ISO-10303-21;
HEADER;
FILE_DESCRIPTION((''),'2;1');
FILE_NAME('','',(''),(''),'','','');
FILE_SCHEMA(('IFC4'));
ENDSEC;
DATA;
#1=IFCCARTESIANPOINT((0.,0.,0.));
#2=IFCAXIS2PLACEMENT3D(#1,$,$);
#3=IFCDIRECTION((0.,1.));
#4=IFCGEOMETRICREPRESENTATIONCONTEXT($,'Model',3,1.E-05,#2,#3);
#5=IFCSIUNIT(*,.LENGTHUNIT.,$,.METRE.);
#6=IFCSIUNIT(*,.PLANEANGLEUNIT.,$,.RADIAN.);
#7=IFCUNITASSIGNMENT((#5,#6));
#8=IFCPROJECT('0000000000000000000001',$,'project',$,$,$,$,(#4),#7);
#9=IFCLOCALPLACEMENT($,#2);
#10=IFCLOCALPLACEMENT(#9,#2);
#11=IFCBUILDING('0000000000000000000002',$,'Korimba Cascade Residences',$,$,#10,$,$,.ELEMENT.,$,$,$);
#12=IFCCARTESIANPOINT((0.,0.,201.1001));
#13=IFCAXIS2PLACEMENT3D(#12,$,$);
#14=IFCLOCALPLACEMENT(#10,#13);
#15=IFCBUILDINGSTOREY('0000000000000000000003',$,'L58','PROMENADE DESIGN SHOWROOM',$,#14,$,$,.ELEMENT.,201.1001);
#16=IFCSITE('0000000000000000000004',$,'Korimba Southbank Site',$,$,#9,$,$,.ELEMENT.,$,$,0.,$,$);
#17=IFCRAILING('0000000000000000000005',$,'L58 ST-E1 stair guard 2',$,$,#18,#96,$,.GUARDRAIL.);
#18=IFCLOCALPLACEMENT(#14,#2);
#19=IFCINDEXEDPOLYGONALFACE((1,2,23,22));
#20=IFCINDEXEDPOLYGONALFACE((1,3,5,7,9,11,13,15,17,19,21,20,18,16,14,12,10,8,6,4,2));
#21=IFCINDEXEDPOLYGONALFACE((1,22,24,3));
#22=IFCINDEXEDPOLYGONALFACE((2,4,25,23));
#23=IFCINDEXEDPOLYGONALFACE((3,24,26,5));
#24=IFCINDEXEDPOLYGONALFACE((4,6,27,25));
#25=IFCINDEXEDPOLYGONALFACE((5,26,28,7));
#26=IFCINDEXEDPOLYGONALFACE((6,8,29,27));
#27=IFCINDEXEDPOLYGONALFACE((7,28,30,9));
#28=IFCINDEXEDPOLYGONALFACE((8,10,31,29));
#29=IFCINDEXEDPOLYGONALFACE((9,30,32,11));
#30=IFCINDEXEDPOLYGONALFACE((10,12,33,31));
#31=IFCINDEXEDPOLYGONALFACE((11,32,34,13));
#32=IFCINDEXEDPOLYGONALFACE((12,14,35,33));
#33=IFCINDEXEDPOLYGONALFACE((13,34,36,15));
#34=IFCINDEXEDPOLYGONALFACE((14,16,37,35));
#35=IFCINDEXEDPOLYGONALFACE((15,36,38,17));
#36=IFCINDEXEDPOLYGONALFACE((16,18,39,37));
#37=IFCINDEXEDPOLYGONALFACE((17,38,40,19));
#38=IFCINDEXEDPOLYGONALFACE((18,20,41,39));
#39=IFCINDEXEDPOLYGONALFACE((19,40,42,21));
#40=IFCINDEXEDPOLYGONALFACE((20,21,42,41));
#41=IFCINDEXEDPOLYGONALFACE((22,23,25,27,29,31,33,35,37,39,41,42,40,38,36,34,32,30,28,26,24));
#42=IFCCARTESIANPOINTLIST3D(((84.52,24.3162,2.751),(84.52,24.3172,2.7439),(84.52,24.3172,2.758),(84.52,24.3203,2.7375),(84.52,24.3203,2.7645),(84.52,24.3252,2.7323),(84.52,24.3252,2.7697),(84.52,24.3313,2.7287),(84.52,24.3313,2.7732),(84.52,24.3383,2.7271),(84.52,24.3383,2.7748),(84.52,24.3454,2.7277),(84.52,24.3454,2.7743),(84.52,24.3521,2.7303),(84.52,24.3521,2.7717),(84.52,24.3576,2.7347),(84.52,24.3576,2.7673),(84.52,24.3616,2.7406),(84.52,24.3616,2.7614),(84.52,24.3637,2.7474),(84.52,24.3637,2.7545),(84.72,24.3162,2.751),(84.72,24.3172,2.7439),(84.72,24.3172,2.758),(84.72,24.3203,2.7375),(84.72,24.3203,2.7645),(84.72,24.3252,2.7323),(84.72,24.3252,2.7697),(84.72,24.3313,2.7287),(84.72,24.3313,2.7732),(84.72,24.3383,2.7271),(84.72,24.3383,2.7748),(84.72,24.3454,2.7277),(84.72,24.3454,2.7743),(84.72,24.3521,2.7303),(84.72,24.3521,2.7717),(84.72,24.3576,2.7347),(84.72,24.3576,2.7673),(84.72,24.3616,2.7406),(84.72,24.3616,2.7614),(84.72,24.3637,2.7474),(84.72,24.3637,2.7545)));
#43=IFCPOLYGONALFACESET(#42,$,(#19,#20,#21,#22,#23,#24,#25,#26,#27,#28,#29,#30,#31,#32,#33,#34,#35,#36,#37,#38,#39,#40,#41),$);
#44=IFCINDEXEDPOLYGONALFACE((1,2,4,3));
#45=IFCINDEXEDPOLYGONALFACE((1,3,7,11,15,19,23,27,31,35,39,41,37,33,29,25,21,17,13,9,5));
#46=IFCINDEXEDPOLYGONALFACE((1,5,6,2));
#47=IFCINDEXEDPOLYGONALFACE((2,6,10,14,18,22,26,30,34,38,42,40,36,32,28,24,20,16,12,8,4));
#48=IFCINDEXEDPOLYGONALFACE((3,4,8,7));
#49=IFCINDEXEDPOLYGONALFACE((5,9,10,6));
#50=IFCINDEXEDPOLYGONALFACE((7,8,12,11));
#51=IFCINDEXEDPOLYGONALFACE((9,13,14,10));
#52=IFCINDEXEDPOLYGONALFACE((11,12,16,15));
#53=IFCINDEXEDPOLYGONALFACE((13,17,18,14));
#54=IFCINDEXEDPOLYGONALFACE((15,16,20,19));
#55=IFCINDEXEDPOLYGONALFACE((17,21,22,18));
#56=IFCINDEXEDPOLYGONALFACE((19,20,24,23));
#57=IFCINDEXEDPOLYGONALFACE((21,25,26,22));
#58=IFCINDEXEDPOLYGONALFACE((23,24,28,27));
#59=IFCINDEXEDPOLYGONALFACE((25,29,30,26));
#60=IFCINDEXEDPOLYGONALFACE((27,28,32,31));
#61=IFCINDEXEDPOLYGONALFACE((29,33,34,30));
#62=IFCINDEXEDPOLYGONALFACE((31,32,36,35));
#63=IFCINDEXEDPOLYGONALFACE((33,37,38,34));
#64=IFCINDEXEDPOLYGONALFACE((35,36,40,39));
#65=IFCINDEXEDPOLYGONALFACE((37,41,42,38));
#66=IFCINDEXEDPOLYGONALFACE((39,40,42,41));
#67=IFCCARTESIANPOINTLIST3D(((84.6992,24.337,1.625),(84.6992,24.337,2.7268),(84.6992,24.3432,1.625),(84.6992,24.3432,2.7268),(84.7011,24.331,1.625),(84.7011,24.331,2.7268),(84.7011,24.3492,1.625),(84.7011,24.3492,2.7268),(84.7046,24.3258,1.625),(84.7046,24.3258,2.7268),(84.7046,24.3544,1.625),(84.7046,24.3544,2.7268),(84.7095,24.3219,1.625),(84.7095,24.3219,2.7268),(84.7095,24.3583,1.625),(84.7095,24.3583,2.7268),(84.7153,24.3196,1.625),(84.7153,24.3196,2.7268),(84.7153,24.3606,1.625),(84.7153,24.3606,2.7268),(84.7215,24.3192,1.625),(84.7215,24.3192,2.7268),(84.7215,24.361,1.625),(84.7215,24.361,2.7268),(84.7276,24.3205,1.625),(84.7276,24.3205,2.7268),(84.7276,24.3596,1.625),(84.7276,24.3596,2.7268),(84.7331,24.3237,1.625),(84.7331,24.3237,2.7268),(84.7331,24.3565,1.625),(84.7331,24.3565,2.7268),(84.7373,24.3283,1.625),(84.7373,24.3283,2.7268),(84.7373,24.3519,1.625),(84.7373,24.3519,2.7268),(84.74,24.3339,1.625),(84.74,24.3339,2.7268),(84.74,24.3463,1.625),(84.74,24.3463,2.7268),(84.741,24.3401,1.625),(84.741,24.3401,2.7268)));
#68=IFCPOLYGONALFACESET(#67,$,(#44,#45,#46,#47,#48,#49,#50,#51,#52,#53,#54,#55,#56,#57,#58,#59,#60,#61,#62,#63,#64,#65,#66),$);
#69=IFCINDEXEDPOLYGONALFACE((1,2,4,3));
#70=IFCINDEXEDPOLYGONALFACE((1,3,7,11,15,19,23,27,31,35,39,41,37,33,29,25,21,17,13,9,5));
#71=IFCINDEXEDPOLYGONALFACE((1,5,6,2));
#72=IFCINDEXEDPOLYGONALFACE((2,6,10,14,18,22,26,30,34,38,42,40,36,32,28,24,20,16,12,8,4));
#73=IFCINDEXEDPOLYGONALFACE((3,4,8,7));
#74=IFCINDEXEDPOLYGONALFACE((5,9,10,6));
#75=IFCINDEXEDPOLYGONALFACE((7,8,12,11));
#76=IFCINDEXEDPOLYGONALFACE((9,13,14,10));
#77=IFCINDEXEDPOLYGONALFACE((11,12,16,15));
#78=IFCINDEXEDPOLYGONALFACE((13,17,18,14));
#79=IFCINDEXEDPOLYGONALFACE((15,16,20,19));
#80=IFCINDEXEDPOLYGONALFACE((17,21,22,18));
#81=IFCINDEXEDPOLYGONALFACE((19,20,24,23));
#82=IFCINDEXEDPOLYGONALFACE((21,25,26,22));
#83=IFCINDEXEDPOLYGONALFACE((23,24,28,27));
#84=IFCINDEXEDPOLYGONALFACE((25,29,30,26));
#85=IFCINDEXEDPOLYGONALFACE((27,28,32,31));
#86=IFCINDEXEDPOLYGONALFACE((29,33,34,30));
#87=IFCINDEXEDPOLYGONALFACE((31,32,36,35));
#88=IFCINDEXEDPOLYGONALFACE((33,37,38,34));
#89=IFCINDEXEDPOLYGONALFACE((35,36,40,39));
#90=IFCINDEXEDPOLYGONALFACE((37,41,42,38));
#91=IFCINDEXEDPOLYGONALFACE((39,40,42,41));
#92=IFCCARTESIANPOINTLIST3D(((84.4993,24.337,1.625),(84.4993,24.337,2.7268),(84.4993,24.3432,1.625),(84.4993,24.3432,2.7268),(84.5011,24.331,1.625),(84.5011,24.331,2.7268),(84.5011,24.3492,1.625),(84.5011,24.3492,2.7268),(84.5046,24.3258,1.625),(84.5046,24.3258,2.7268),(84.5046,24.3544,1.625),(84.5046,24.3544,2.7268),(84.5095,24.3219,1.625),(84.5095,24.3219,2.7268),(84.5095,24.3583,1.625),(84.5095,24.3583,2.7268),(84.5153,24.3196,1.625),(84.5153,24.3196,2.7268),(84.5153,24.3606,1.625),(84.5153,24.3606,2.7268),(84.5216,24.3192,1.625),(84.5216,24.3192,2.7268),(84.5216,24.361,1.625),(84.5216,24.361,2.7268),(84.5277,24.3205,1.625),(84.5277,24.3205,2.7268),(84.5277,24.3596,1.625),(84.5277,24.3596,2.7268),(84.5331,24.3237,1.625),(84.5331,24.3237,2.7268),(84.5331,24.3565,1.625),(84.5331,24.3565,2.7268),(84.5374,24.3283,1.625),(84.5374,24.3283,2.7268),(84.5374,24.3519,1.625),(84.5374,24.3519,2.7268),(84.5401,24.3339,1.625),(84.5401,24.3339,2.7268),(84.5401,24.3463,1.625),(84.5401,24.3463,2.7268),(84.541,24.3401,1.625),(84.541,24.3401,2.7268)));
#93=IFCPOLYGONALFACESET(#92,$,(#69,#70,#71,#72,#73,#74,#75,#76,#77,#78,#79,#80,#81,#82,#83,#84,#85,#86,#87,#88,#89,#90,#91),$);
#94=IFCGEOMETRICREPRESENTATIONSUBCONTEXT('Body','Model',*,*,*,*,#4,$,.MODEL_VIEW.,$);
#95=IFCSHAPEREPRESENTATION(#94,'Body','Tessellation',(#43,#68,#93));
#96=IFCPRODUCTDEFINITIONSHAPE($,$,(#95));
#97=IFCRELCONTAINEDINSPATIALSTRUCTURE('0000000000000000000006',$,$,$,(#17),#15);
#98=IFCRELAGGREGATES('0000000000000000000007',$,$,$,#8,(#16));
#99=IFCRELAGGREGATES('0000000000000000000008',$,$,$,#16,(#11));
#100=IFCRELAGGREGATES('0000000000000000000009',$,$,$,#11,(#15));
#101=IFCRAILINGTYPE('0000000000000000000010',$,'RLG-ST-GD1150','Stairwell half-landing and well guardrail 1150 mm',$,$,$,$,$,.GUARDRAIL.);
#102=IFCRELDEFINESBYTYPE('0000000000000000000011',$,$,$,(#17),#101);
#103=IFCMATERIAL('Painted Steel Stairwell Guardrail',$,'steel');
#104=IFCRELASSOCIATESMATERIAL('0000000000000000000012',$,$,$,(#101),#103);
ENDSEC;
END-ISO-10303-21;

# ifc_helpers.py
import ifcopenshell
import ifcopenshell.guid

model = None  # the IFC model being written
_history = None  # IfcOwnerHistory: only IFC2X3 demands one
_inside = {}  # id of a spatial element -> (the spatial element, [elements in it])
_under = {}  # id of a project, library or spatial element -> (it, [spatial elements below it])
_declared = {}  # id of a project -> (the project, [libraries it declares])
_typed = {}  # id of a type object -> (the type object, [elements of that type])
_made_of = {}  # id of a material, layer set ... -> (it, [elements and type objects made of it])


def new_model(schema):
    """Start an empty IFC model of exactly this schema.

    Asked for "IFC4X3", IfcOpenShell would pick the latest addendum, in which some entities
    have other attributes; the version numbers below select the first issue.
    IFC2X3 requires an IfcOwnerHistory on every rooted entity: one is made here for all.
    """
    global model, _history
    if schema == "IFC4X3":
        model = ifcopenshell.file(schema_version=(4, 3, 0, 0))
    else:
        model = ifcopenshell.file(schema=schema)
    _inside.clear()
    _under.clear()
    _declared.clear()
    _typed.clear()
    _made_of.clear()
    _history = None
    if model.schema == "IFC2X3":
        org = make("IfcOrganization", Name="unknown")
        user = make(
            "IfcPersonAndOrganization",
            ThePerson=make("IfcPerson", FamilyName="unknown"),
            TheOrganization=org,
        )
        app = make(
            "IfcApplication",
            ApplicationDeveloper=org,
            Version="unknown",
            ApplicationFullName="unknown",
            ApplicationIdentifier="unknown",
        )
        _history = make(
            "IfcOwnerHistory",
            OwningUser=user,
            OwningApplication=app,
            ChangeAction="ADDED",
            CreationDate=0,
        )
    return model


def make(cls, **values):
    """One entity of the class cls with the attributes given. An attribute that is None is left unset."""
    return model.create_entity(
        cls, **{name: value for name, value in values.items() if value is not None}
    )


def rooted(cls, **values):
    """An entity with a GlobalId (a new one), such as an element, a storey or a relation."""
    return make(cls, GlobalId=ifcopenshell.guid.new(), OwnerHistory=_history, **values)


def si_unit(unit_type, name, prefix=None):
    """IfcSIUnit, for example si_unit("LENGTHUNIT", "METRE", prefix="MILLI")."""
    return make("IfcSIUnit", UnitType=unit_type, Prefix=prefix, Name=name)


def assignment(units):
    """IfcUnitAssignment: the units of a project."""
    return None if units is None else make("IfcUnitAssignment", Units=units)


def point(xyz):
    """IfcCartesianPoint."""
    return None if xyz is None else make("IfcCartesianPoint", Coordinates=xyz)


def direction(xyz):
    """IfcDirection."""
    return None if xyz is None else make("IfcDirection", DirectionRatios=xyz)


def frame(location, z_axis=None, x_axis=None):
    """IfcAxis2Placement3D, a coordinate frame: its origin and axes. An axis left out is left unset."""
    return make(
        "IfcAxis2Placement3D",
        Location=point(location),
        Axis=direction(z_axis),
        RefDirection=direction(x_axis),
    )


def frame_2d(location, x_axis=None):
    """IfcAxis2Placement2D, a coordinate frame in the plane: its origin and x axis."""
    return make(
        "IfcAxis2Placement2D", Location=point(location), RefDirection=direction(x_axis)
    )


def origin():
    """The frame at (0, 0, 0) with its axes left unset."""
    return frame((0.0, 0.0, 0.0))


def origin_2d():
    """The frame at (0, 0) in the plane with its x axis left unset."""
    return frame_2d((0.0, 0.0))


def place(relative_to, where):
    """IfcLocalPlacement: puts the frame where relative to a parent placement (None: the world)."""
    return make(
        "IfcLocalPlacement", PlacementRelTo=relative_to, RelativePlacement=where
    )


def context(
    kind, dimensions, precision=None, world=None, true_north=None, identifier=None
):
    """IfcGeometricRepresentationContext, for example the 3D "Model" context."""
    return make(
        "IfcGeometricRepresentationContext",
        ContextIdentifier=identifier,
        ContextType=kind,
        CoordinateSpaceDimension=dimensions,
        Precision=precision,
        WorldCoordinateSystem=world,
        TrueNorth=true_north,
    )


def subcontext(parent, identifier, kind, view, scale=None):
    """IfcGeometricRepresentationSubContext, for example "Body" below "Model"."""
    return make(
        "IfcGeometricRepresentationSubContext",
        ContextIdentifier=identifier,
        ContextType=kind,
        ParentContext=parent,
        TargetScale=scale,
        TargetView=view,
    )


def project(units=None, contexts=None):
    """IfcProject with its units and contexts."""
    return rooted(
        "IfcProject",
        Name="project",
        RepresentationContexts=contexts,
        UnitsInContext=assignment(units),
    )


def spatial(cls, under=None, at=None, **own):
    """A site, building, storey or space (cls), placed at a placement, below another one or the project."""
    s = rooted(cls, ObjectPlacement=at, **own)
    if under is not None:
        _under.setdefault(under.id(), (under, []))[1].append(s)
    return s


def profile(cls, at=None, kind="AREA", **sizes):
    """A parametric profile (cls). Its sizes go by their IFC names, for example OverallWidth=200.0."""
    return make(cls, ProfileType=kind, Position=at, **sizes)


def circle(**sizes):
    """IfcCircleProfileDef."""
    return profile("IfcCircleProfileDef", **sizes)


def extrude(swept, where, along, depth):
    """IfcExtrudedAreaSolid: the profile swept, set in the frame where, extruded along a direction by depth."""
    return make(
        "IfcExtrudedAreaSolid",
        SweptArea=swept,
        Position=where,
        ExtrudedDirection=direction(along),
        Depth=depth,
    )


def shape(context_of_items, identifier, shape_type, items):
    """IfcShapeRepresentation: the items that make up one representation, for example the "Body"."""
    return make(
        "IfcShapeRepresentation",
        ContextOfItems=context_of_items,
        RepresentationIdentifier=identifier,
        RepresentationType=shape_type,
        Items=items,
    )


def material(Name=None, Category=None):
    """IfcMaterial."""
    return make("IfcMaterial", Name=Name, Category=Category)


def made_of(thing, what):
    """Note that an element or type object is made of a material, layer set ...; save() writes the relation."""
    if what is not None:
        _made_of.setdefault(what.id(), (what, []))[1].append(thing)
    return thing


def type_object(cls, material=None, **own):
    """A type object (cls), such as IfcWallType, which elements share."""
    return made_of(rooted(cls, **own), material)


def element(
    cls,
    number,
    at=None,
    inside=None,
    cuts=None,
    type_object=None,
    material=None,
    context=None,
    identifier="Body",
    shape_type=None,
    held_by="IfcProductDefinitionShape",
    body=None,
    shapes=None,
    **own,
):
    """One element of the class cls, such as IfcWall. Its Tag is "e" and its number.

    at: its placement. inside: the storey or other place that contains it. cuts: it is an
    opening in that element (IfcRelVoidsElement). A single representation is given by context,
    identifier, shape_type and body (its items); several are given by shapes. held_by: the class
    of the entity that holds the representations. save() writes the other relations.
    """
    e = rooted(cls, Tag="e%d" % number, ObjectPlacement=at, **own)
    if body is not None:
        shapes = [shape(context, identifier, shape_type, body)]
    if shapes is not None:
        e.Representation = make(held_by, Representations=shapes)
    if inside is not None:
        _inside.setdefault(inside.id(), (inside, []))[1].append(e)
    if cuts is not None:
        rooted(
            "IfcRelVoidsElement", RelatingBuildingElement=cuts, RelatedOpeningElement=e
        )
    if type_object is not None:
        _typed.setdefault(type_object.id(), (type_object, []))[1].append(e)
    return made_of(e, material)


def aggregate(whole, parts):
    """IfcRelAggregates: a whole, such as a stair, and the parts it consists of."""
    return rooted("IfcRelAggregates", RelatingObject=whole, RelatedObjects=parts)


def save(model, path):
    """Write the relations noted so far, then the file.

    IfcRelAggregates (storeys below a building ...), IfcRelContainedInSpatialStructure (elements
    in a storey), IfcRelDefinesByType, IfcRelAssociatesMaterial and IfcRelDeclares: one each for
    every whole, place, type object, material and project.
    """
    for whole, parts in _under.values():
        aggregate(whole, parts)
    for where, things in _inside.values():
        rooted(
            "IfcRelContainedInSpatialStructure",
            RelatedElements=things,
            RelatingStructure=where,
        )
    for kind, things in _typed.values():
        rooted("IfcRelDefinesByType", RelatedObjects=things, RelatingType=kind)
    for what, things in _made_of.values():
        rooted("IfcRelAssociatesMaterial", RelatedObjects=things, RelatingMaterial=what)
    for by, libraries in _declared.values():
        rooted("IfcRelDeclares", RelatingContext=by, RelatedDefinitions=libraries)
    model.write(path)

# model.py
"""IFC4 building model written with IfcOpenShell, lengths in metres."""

from ifc_helpers import new_model, si_unit, direction, frame, origin, origin_2d, place, context, subcontext, project, spatial, circle, extrude, material, type_object, element, save


model = new_model("IFC4")

# Units and contexts
model_context = context("Model", 3, precision=1e-05, world=origin(), true_north=direction((0.0, 1.0)))
body_context = subcontext(model_context, "Body", "Model", "MODEL_VIEW")
ifc_project = project(units=[si_unit("LENGTHUNIT", "METRE"), si_unit("PLANEANGLEUNIT", "RADIAN")], contexts=[model_context])

# Site, building, storey
site_placement = place(None, origin())
site = spatial("IfcSite", under=ifc_project, at=site_placement, Name="Korimba Southbank Site", CompositionType="ELEMENT", RefElevation=0.0)
building_placement = place(site_placement, origin())
building = spatial("IfcBuilding", under=site, at=building_placement, Name="Korimba Cascade Residences", CompositionType="ELEMENT")
storey_placement = place(building_placement, frame((0.0, 0.0, 201.1001)))
storey = spatial("IfcBuildingStorey", under=building, at=storey_placement, Name="L58", Description="PROMENADE DESIGN SHOWROOM", CompositionType="ELEMENT", Elevation=201.1001)

# Railing
ifc_material_1 = material(Name="Painted Steel Stairwell Guardrail", Category="steel")
railing_type_1 = type_object("IfcRailingType", Name="RLG-ST-GD1150", Description="Stairwell half-landing and well guardrail 1150 mm", PredefinedType="GUARDRAIL", material=ifc_material_1)
railing_1_placement = place(storey_placement, frame((84.72, 24.3401, 1.625)))
element("IfcRailing", 1, at=railing_1_placement, inside=storey, type_object=railing_type_1, Name="L58 ST-E1 stair guard 2", PredefinedType="GUARDRAIL", context=body_context, shape_type="SweptSolid", body=[
    extrude(circle(Radius=0.0239, at=origin_2d()), frame((0.0, 0.0, 1.126), z_axis=(-1.0, 0.0, 0.0), x_axis=(0.0, -1.0, 0.0)), (0.0, 0.0, 1.0), 0.2),
    extrude(circle(Radius=0.021, at=origin_2d()), origin(), (0.0, 0.0, 1.0), 1.1018),
    extrude(circle(Radius=0.021, at=origin_2d()), frame((-0.2, 0.0, 0.0)), (0.0, 0.0, 1.0), 1.1018),
])

save(model, "model.ifc")
